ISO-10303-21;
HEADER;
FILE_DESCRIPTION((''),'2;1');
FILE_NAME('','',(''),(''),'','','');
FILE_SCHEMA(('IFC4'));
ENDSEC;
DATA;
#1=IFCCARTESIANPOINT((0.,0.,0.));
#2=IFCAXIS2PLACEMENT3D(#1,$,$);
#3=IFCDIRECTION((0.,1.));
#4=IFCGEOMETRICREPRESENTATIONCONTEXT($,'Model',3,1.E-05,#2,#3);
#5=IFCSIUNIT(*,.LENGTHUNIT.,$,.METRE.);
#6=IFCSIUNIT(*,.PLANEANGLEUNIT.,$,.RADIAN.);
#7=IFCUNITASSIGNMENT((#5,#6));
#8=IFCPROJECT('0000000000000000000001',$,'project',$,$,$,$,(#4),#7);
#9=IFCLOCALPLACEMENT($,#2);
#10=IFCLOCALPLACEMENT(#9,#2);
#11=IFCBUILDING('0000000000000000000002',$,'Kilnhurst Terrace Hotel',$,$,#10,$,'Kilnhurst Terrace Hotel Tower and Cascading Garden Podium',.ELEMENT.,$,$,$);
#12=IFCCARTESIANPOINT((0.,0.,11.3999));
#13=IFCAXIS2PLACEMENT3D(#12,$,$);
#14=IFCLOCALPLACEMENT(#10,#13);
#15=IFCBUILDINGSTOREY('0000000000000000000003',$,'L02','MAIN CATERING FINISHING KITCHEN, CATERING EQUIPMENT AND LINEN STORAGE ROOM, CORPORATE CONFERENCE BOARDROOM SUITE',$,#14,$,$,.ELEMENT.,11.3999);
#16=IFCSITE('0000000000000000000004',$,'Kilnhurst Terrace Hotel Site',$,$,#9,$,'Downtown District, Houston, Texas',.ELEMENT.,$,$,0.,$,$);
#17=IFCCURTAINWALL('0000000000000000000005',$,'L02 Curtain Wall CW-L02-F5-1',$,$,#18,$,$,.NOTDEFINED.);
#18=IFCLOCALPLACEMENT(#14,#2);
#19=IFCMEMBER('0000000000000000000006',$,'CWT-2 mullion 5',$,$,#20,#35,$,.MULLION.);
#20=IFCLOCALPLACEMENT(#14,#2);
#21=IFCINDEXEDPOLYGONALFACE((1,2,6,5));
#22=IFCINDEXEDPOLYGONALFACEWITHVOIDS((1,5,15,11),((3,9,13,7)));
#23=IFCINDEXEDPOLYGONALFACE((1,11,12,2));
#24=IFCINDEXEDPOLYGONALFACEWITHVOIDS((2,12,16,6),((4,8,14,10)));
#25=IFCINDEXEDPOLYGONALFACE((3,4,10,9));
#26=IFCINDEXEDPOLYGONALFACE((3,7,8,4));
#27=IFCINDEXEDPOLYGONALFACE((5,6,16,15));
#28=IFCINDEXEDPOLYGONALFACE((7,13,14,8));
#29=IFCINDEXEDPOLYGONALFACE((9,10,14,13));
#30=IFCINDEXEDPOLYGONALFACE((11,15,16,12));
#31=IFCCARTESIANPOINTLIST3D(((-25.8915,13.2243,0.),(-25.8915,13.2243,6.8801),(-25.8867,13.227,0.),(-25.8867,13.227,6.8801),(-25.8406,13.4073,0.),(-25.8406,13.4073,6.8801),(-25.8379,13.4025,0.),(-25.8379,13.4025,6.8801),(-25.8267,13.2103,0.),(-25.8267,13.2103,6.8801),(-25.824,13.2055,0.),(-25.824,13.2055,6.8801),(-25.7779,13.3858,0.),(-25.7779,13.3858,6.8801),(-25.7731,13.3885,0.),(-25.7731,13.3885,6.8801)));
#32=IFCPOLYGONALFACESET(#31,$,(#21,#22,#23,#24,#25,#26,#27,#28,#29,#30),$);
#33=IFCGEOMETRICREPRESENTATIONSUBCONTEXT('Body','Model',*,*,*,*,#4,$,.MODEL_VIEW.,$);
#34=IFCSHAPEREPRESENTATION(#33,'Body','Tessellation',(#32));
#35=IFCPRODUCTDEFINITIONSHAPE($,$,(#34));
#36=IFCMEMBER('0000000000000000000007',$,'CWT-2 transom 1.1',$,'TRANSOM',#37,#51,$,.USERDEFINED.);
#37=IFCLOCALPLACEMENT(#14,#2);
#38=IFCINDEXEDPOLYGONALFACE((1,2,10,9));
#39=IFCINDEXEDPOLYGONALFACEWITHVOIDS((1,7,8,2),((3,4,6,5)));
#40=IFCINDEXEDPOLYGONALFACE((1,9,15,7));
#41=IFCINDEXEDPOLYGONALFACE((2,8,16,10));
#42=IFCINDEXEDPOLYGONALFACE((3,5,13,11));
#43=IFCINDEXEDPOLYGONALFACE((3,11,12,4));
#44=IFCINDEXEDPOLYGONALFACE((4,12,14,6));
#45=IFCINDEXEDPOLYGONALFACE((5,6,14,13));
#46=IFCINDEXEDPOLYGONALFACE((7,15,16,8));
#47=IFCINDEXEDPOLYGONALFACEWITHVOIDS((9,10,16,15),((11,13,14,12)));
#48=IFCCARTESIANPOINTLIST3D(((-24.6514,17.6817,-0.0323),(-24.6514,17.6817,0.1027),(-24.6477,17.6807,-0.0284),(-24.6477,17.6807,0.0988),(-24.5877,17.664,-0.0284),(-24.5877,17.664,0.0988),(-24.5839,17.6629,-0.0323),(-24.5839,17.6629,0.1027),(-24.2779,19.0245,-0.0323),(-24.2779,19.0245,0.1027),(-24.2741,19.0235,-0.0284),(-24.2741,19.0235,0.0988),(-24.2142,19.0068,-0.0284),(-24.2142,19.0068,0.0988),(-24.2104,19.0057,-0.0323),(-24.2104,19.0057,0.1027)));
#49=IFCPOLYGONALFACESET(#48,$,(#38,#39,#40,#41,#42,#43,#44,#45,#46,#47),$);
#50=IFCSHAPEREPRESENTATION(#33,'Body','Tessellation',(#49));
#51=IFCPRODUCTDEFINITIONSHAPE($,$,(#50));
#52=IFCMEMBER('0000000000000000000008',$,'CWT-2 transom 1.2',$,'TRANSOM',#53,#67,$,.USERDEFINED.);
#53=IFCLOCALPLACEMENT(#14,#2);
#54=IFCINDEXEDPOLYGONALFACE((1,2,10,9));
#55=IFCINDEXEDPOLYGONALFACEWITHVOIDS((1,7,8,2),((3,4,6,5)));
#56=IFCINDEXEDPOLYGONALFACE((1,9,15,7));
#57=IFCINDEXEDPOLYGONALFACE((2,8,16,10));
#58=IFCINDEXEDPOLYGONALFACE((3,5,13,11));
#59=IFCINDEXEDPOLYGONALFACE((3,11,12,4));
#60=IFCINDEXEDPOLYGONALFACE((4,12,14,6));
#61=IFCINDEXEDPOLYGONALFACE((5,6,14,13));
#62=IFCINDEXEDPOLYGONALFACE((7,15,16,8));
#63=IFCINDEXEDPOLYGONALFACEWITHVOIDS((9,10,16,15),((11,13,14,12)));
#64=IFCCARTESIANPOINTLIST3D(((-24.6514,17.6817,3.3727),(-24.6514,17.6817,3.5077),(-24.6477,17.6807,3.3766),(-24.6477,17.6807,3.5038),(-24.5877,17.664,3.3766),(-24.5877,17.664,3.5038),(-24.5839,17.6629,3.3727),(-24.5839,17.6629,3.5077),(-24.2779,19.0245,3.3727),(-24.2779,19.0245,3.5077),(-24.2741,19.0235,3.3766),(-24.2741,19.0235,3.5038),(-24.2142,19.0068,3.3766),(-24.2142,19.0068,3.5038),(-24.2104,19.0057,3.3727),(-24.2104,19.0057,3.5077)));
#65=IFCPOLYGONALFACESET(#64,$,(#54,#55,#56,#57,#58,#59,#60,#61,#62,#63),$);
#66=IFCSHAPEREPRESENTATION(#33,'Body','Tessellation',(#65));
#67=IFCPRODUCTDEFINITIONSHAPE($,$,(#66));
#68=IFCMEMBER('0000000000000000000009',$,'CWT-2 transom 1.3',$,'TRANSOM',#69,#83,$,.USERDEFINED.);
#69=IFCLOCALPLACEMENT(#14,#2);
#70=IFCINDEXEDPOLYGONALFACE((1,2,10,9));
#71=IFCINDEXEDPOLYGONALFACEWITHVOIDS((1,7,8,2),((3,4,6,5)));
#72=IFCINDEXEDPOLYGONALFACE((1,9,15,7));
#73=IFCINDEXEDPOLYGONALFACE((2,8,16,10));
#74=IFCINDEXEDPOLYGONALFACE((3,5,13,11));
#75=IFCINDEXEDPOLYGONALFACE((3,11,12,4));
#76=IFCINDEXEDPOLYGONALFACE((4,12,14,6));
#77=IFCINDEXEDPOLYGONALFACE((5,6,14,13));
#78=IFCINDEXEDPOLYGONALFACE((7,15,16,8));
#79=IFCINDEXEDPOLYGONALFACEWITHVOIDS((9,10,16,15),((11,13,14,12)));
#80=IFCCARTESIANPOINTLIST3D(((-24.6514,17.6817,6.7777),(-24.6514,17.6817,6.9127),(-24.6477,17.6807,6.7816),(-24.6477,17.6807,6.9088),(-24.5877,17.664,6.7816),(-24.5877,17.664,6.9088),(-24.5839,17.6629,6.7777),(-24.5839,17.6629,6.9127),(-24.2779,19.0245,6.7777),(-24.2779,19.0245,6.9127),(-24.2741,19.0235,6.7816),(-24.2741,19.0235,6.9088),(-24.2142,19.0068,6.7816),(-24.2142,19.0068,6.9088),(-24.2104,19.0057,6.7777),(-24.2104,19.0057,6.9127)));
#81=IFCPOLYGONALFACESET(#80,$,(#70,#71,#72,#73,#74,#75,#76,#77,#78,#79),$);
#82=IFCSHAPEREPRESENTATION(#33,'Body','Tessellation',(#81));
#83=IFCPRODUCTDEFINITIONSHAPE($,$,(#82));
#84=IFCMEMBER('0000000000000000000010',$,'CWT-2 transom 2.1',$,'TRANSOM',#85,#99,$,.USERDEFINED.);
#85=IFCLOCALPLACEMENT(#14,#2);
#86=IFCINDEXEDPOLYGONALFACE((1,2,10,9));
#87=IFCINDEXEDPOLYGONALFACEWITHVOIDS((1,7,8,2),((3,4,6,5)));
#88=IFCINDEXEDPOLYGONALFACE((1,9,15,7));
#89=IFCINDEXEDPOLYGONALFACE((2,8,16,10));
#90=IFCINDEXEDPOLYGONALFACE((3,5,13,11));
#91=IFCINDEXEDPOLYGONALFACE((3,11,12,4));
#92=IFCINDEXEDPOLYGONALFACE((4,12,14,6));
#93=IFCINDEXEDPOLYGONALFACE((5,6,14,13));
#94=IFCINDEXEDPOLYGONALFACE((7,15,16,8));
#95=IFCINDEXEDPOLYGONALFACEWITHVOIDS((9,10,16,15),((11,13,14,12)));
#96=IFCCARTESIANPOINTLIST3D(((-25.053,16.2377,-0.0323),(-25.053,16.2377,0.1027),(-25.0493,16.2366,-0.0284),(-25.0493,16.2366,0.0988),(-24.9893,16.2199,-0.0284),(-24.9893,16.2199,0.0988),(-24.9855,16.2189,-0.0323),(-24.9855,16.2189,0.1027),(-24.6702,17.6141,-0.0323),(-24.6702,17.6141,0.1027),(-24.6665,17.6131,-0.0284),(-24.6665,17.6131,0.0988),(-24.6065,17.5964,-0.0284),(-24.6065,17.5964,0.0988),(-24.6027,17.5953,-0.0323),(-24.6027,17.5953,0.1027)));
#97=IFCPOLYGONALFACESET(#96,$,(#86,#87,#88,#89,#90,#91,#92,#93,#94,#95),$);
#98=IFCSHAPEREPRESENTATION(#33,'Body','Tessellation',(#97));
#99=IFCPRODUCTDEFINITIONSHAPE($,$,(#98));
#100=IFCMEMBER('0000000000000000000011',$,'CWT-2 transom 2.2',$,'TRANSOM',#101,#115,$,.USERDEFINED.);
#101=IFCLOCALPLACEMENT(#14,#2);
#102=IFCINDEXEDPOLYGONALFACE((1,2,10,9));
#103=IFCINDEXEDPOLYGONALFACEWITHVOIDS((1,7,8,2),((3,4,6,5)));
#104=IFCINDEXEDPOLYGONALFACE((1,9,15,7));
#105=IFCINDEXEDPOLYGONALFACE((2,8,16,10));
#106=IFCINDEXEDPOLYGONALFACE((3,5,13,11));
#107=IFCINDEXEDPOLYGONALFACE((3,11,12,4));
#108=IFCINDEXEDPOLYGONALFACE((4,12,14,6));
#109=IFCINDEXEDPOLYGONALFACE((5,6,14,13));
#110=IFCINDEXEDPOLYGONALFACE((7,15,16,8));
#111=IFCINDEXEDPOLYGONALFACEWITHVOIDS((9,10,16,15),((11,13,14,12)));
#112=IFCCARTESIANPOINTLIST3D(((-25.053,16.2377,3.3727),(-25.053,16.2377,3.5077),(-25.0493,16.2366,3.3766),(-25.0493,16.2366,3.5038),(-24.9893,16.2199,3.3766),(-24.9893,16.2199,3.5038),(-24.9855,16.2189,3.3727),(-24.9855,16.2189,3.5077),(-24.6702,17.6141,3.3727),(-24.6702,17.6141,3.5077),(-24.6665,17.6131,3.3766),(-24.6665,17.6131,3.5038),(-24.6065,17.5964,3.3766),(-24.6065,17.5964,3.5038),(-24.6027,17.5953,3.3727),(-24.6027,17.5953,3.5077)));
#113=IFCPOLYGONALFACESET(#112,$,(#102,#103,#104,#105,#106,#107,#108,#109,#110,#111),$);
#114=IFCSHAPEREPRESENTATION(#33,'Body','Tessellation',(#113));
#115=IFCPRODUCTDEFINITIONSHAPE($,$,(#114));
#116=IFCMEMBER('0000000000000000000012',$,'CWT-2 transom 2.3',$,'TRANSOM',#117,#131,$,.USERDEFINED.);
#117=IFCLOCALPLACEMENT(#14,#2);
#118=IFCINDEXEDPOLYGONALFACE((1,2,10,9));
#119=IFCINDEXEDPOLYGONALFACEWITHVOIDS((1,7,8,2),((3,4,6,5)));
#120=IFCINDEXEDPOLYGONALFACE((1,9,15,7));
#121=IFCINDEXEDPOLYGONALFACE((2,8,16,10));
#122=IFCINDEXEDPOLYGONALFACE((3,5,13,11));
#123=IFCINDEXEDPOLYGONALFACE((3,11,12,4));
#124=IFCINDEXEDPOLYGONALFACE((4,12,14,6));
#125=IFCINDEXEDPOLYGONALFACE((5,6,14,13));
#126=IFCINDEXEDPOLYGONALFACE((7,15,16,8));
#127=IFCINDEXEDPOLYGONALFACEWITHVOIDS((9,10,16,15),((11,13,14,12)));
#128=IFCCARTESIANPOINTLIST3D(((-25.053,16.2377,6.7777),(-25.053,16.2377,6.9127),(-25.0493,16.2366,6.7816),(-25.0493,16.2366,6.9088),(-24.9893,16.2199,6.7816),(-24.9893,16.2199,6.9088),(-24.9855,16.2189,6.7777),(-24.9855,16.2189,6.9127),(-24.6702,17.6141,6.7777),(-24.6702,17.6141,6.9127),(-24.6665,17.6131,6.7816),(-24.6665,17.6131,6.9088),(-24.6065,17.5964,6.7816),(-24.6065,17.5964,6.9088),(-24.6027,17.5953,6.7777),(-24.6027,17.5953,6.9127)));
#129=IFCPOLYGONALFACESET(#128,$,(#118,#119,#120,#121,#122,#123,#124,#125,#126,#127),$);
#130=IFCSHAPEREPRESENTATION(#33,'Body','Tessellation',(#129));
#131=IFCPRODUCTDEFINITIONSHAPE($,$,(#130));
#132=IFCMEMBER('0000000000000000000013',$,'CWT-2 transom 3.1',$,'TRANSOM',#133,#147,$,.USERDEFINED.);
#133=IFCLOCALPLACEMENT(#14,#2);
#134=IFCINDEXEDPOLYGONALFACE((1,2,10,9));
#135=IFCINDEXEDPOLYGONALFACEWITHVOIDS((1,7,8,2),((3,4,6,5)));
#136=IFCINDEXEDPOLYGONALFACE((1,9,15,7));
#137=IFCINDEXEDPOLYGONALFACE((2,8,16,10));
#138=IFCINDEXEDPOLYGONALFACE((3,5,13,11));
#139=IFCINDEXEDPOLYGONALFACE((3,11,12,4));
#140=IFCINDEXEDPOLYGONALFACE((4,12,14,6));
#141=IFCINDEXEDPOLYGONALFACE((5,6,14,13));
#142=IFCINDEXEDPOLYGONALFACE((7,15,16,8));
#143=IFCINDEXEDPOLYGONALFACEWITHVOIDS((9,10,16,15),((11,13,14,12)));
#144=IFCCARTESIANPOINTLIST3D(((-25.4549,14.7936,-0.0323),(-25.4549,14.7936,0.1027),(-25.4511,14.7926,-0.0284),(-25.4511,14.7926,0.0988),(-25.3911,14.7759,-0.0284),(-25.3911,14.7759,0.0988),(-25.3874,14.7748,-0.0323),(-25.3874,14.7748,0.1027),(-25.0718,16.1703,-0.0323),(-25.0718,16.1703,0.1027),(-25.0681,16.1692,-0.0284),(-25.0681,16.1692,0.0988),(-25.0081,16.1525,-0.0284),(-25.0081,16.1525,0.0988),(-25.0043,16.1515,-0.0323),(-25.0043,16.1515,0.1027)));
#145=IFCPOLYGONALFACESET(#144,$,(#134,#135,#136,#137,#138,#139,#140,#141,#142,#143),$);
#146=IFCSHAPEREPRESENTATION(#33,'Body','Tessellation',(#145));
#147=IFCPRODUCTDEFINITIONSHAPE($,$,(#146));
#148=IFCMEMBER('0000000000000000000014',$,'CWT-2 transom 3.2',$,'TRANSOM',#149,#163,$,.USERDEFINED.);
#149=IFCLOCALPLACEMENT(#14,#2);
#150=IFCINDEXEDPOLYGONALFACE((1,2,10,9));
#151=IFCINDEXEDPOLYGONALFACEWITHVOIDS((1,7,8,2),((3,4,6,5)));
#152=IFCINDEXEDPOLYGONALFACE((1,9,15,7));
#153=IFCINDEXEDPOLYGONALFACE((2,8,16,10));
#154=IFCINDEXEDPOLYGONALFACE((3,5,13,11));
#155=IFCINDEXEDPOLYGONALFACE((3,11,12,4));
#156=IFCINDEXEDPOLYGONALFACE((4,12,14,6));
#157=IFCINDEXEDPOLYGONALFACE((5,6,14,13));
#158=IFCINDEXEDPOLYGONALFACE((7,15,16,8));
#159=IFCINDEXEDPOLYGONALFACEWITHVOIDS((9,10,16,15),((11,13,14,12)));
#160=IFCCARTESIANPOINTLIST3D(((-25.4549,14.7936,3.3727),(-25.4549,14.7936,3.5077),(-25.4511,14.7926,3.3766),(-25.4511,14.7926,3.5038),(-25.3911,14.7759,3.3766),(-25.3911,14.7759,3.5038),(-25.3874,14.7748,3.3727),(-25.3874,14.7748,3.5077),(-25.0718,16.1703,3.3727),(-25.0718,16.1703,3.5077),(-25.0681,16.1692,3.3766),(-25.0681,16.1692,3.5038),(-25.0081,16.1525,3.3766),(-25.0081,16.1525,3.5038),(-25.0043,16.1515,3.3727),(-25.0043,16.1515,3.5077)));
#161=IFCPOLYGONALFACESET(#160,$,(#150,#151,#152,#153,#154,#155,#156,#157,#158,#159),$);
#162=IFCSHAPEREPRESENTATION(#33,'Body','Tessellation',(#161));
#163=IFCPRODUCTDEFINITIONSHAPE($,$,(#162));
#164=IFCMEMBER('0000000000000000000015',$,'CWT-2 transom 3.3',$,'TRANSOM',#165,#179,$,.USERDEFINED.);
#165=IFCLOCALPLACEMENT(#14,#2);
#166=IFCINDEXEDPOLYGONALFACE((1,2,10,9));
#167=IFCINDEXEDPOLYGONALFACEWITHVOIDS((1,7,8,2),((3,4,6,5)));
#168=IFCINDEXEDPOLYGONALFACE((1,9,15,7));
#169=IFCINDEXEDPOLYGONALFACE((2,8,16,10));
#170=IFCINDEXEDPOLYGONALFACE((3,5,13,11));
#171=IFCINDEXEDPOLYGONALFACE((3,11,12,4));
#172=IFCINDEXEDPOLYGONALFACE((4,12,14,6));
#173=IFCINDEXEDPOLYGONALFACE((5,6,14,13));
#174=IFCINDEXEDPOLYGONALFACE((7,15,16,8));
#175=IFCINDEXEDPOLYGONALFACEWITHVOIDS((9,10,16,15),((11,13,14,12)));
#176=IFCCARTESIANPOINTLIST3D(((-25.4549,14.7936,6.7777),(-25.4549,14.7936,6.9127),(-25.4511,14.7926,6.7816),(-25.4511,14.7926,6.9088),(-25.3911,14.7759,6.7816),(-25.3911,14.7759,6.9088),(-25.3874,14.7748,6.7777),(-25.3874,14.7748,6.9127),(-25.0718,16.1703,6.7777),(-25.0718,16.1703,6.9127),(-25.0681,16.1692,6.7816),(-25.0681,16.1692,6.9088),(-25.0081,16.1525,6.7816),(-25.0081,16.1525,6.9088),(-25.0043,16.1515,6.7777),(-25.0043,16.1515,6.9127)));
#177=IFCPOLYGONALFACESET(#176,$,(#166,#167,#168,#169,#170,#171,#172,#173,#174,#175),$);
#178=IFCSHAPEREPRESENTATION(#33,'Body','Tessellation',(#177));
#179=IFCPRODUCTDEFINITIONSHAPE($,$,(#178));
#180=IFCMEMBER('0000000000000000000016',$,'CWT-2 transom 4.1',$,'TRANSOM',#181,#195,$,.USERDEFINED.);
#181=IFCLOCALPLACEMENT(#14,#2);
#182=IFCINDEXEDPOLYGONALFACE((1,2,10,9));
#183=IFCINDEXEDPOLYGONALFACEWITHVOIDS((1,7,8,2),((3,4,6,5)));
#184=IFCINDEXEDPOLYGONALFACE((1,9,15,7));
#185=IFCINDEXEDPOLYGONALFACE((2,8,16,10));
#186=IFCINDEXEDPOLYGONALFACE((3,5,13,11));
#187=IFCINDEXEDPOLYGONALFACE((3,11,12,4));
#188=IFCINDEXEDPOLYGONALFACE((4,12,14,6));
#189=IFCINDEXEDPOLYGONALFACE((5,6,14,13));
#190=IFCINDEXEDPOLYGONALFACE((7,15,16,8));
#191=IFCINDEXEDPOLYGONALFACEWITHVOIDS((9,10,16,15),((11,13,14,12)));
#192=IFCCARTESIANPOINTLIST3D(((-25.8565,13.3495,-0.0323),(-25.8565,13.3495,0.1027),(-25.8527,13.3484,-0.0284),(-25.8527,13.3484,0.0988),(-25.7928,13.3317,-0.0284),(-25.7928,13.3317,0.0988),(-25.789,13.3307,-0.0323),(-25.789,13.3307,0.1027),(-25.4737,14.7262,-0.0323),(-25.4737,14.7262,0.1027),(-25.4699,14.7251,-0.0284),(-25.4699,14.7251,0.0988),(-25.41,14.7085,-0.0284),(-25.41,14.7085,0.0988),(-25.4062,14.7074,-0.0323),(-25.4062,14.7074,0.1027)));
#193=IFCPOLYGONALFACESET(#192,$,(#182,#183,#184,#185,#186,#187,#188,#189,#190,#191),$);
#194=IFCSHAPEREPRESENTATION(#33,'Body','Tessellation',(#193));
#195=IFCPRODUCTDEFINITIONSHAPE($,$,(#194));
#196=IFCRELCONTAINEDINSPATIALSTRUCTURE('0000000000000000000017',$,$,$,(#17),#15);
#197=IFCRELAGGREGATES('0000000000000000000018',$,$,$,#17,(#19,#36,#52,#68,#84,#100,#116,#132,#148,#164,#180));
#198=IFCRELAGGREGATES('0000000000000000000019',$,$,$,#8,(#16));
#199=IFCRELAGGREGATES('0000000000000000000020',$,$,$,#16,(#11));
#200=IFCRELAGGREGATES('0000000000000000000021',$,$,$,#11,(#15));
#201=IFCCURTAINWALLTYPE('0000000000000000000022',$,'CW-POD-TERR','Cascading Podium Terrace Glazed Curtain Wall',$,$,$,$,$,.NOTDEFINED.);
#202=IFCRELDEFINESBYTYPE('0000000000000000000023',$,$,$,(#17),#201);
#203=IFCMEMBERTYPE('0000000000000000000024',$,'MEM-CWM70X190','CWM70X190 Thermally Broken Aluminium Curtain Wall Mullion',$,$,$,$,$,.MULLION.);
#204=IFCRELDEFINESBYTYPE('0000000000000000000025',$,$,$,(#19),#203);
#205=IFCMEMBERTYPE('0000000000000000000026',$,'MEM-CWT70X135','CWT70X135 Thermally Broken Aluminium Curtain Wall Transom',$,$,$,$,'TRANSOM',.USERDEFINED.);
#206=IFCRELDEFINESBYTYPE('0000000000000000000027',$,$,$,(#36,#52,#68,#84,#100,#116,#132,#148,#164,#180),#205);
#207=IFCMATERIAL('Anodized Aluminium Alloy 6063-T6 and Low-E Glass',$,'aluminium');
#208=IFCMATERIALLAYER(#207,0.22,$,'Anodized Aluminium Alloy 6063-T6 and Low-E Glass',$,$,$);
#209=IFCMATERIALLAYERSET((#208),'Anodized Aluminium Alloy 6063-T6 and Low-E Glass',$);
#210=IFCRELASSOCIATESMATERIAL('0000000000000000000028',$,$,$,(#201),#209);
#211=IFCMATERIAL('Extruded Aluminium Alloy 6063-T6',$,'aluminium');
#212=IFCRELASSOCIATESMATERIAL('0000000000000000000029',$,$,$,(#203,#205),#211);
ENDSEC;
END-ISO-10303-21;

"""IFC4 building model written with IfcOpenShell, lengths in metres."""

from ifc_helpers import new_model, si_unit, direction, frame, origin, origin_2d, place, context, subcontext, project, spatial, hollow_rectangle, extrude, material, layer, layer_set, material_profile, profile_set, type_object, element, aggregate, save


model = new_model("IFC4")

# Units and contexts
model_context = context("Model", 3, precision=1e-05, world=origin(), true_north=direction((0.0, 1.0)))
body_context = subcontext(model_context, "Body", "Model", "MODEL_VIEW")
ifc_project = project(units=[si_unit("LENGTHUNIT", "METRE"), si_unit("PLANEANGLEUNIT", "RADIAN")], contexts=[model_context])

# Site, building, storey
site_placement = place(None, origin())
site = spatial("IfcSite", under=ifc_project, at=site_placement, Name="Kilnhurst Terrace Hotel Site", LongName="Downtown District, Houston, Texas", CompositionType="ELEMENT", RefElevation=0.0)
building_placement = place(site_placement, origin())
building = spatial("IfcBuilding", under=site, at=building_placement, Name="Kilnhurst Terrace Hotel", LongName="Kilnhurst Terrace Hotel Tower and Cascading Garden Podium", CompositionType="ELEMENT")
storey_placement = place(building_placement, frame((0.0, 0.0, 11.3999)))
storey = spatial("IfcBuildingStorey", under=building, at=storey_placement, Name="L02", Description="MAIN CATERING FINISHING KITCHEN, CATERING EQUIPMENT AND LINEN STORAGE ROOM, CORPORATE CONFERENCE BOARDROOM SUITE", CompositionType="ELEMENT", Elevation=11.3999)

# Curtain wall, members
ifc_material_1 = material(Name="Anodized Aluminium Alloy 6063-T6 and Low-E Glass", Category="aluminium")
ifc_layer_1 = layer(ifc_material_1, 0.22, Name="Anodized Aluminium Alloy 6063-T6 and Low-E Glass")
ifc_layer_set_1 = layer_set([ifc_layer_1], Name="Anodized Aluminium Alloy 6063-T6 and Low-E Glass")
curtain_wall_type = type_object("IfcCurtainWallType", Name="CW-POD-TERR", Description="Cascading Podium Terrace Glazed Curtain Wall", PredefinedType="NOTDEFINED", material=ifc_layer_set_1)
curtain_wall_placement = place(storey_placement, origin())
curtain_wall = element("IfcCurtainWall", 1, at=curtain_wall_placement, inside=storey, type_object=curtain_wall_type, Name="L02 Curtain Wall CW-L02-F5-1", PredefinedType="NOTDEFINED")
ifc_material_2 = material(Name="Extruded Aluminium Alloy 6063-T6", Category="aluminium")
ifc_material_profile_1 = material_profile(ifc_material_2, hollow_rectangle(XDim=0.0701, YDim=0.1899, WallThickness=0.0039, at=origin_2d()), Name="CWM70X190")
ifc_profile_set_1 = profile_set([ifc_material_profile_1], Name="Extruded Aluminium Alloy 6063-T6")
member_type_1 = type_object("IfcMemberType", Name="MEM-CWM70X190", Description="CWM70X190 Thermally Broken Aluminium Curtain Wall Mullion", PredefinedType="MULLION", material=ifc_profile_set_1)
member_1_placement = place(storey_placement, frame((-25.8323, 13.3064, 0.0), z_axis=(0.0, 0.0, 1.0), x_axis=(0.963421, -0.267992, 0.0)))
member_1 = element("IfcMember", 2, at=member_1_placement, type_object=member_type_1, Name="CWT-2 mullion 5", PredefinedType="MULLION", context=body_context, shape_type="SweptSolid", body=[
    extrude(hollow_rectangle(XDim=0.0701, YDim=0.1899, WallThickness=0.0039, at=origin_2d()), origin(), (0.0, 0.0, 1.0), 6.8801),
])
ifc_material_profile_2 = material_profile(ifc_material_2, hollow_rectangle(XDim=0.0701, YDim=0.135, WallThickness=0.0039, at=origin_2d()), Name="CWT70X135")
ifc_profile_set_2 = profile_set([ifc_material_profile_2], Name="Extruded Aluminium Alloy 6063-T6")
member_type_2 = type_object("IfcMemberType", Name="MEM-CWT70X135", Description="CWT70X135 Thermally Broken Aluminium Curtain Wall Transom", ElementType="TRANSOM", PredefinedType="USERDEFINED", material=ifc_profile_set_2)
member_2_placement = place(storey_placement, frame((-24.2441, 19.0151, 0.0352), z_axis=(-0.268005, -0.963417, 0.0), x_axis=(0.963417, -0.268005, 0.0)))
member_2 = element("IfcMember", 3, at=member_2_placement, type_object=member_type_2, Name="CWT-2 transom 1.1", ObjectType="TRANSOM", PredefinedType="USERDEFINED", context=body_context, shape_type="SweptSolid", body=[
    extrude(hollow_rectangle(XDim=0.0701, YDim=0.135, WallThickness=0.0039, at=origin_2d()), origin(), (0.0, 0.0, 1.0), 1.3938),
])
member_3_placement = place(storey_placement, frame((-24.2441, 19.0151, 3.4402), z_axis=(-0.268005, -0.963417, 0.0), x_axis=(0.963417, -0.268005, 0.0)))
member_3 = element("IfcMember", 4, at=member_3_placement, type_object=member_type_2, Name="CWT-2 transom 1.2", ObjectType="TRANSOM", PredefinedType="USERDEFINED", context=body_context, shape_type="SweptSolid", body=[
    extrude(hollow_rectangle(XDim=0.0701, YDim=0.135, WallThickness=0.0039, at=origin_2d()), origin(), (0.0, 0.0, 1.0), 1.3938),
])
member_4_placement = place(storey_placement, frame((-24.2441, 19.0151, 6.8452), z_axis=(-0.268005, -0.963417, 0.0), x_axis=(0.963417, -0.268005, 0.0)))
member_4 = element("IfcMember", 5, at=member_4_placement, type_object=member_type_2, Name="CWT-2 transom 1.3", ObjectType="TRANSOM", PredefinedType="USERDEFINED", context=body_context, shape_type="SweptSolid", body=[
    extrude(hollow_rectangle(XDim=0.0701, YDim=0.135, WallThickness=0.0039, at=origin_2d()), origin(), (0.0, 0.0, 1.0), 1.3938),
])
member_5_placement = place(storey_placement, frame((-24.6365, 17.6047, 0.0352), z_axis=(-0.267944, -0.963435, 0.0), x_axis=(0.963435, -0.267944, 0.0)))
member_5 = element("IfcMember", 6, at=member_5_placement, type_object=member_type_2, Name="CWT-2 transom 2.1", ObjectType="TRANSOM", PredefinedType="USERDEFINED", context=body_context, shape_type="SweptSolid", body=[
    extrude(hollow_rectangle(XDim=0.0701, YDim=0.135, WallThickness=0.0039, at=origin_2d()), origin(), (0.0, 0.0, 1.0), 1.4287),
])
member_6_placement = place(storey_placement, frame((-24.6365, 17.6047, 3.4402), z_axis=(-0.267944, -0.963435, 0.0), x_axis=(0.963435, -0.267944, 0.0)))
member_6 = element("IfcMember", 7, at=member_6_placement, type_object=member_type_2, Name="CWT-2 transom 2.2", ObjectType="TRANSOM", PredefinedType="USERDEFINED", context=body_context, shape_type="SweptSolid", body=[
    extrude(hollow_rectangle(XDim=0.0701, YDim=0.135, WallThickness=0.0039, at=origin_2d()), origin(), (0.0, 0.0, 1.0), 1.4287),
])
member_7_placement = place(storey_placement, frame((-24.6365, 17.6047, 6.8452), z_axis=(-0.267944, -0.963435, 0.0), x_axis=(0.963435, -0.267944, 0.0)))
member_7 = element("IfcMember", 8, at=member_7_placement, type_object=member_type_2, Name="CWT-2 transom 2.3", ObjectType="TRANSOM", PredefinedType="USERDEFINED", context=body_context, shape_type="SweptSolid", body=[
    extrude(hollow_rectangle(XDim=0.0701, YDim=0.135, WallThickness=0.0039, at=origin_2d()), origin(), (0.0, 0.0, 1.0), 1.4287),
])
member_8_placement = place(storey_placement, frame((-25.0381, 16.1609, 0.0352), z_axis=(-0.268058, -0.963403, 0.0), x_axis=(0.963403, -0.268058, 0.0)))
member_8 = element("IfcMember", 9, at=member_8_placement, type_object=member_type_2, Name="CWT-2 transom 3.1", ObjectType="TRANSOM", PredefinedType="USERDEFINED", context=body_context, shape_type="SweptSolid", body=[
    extrude(hollow_rectangle(XDim=0.0701, YDim=0.135, WallThickness=0.0039, at=origin_2d()), origin(), (0.0, 0.0, 1.0), 1.429),
])
member_9_placement = place(storey_placement, frame((-25.0381, 16.1609, 3.4402), z_axis=(-0.268058, -0.963403, 0.0), x_axis=(0.963403, -0.268058, 0.0)))
member_9 = element("IfcMember", 10, at=member_9_placement, type_object=member_type_2, Name="CWT-2 transom 3.2", ObjectType="TRANSOM", PredefinedType="USERDEFINED", context=body_context, shape_type="SweptSolid", body=[
    extrude(hollow_rectangle(XDim=0.0701, YDim=0.135, WallThickness=0.0039, at=origin_2d()), origin(), (0.0, 0.0, 1.0), 1.429),
])
member_10_placement = place(storey_placement, frame((-25.0381, 16.1609, 6.8452), z_axis=(-0.268058, -0.963403, 0.0), x_axis=(0.963403, -0.268058, 0.0)))
member_10 = element("IfcMember", 11, at=member_10_placement, type_object=member_type_2, Name="CWT-2 transom 3.3", ObjectType="TRANSOM", PredefinedType="USERDEFINED", context=body_context, shape_type="SweptSolid", body=[
    extrude(hollow_rectangle(XDim=0.0701, YDim=0.135, WallThickness=0.0039, at=origin_2d()), origin(), (0.0, 0.0, 1.0), 1.429),
])
member_11_placement = place(storey_placement, frame((-25.4399, 14.7168, 0.0352), z_axis=(-0.267899, -0.963447, 0.0), x_axis=(0.963447, -0.267899, 0.0)))
member_11 = element("IfcMember", 12, at=member_11_placement, type_object=member_type_2, Name="CWT-2 transom 4.1", ObjectType="TRANSOM", PredefinedType="USERDEFINED", context=body_context, shape_type="SweptSolid", body=[
    extrude(hollow_rectangle(XDim=0.0701, YDim=0.135, WallThickness=0.0039, at=origin_2d()), origin(), (0.0, 0.0, 1.0), 1.429),
])
aggregate(curtain_wall, [member_1, member_2, member_3, member_4, member_5, member_6, member_7, member_8, member_9, member_10, member_11])

save(model, "model.ifc")
